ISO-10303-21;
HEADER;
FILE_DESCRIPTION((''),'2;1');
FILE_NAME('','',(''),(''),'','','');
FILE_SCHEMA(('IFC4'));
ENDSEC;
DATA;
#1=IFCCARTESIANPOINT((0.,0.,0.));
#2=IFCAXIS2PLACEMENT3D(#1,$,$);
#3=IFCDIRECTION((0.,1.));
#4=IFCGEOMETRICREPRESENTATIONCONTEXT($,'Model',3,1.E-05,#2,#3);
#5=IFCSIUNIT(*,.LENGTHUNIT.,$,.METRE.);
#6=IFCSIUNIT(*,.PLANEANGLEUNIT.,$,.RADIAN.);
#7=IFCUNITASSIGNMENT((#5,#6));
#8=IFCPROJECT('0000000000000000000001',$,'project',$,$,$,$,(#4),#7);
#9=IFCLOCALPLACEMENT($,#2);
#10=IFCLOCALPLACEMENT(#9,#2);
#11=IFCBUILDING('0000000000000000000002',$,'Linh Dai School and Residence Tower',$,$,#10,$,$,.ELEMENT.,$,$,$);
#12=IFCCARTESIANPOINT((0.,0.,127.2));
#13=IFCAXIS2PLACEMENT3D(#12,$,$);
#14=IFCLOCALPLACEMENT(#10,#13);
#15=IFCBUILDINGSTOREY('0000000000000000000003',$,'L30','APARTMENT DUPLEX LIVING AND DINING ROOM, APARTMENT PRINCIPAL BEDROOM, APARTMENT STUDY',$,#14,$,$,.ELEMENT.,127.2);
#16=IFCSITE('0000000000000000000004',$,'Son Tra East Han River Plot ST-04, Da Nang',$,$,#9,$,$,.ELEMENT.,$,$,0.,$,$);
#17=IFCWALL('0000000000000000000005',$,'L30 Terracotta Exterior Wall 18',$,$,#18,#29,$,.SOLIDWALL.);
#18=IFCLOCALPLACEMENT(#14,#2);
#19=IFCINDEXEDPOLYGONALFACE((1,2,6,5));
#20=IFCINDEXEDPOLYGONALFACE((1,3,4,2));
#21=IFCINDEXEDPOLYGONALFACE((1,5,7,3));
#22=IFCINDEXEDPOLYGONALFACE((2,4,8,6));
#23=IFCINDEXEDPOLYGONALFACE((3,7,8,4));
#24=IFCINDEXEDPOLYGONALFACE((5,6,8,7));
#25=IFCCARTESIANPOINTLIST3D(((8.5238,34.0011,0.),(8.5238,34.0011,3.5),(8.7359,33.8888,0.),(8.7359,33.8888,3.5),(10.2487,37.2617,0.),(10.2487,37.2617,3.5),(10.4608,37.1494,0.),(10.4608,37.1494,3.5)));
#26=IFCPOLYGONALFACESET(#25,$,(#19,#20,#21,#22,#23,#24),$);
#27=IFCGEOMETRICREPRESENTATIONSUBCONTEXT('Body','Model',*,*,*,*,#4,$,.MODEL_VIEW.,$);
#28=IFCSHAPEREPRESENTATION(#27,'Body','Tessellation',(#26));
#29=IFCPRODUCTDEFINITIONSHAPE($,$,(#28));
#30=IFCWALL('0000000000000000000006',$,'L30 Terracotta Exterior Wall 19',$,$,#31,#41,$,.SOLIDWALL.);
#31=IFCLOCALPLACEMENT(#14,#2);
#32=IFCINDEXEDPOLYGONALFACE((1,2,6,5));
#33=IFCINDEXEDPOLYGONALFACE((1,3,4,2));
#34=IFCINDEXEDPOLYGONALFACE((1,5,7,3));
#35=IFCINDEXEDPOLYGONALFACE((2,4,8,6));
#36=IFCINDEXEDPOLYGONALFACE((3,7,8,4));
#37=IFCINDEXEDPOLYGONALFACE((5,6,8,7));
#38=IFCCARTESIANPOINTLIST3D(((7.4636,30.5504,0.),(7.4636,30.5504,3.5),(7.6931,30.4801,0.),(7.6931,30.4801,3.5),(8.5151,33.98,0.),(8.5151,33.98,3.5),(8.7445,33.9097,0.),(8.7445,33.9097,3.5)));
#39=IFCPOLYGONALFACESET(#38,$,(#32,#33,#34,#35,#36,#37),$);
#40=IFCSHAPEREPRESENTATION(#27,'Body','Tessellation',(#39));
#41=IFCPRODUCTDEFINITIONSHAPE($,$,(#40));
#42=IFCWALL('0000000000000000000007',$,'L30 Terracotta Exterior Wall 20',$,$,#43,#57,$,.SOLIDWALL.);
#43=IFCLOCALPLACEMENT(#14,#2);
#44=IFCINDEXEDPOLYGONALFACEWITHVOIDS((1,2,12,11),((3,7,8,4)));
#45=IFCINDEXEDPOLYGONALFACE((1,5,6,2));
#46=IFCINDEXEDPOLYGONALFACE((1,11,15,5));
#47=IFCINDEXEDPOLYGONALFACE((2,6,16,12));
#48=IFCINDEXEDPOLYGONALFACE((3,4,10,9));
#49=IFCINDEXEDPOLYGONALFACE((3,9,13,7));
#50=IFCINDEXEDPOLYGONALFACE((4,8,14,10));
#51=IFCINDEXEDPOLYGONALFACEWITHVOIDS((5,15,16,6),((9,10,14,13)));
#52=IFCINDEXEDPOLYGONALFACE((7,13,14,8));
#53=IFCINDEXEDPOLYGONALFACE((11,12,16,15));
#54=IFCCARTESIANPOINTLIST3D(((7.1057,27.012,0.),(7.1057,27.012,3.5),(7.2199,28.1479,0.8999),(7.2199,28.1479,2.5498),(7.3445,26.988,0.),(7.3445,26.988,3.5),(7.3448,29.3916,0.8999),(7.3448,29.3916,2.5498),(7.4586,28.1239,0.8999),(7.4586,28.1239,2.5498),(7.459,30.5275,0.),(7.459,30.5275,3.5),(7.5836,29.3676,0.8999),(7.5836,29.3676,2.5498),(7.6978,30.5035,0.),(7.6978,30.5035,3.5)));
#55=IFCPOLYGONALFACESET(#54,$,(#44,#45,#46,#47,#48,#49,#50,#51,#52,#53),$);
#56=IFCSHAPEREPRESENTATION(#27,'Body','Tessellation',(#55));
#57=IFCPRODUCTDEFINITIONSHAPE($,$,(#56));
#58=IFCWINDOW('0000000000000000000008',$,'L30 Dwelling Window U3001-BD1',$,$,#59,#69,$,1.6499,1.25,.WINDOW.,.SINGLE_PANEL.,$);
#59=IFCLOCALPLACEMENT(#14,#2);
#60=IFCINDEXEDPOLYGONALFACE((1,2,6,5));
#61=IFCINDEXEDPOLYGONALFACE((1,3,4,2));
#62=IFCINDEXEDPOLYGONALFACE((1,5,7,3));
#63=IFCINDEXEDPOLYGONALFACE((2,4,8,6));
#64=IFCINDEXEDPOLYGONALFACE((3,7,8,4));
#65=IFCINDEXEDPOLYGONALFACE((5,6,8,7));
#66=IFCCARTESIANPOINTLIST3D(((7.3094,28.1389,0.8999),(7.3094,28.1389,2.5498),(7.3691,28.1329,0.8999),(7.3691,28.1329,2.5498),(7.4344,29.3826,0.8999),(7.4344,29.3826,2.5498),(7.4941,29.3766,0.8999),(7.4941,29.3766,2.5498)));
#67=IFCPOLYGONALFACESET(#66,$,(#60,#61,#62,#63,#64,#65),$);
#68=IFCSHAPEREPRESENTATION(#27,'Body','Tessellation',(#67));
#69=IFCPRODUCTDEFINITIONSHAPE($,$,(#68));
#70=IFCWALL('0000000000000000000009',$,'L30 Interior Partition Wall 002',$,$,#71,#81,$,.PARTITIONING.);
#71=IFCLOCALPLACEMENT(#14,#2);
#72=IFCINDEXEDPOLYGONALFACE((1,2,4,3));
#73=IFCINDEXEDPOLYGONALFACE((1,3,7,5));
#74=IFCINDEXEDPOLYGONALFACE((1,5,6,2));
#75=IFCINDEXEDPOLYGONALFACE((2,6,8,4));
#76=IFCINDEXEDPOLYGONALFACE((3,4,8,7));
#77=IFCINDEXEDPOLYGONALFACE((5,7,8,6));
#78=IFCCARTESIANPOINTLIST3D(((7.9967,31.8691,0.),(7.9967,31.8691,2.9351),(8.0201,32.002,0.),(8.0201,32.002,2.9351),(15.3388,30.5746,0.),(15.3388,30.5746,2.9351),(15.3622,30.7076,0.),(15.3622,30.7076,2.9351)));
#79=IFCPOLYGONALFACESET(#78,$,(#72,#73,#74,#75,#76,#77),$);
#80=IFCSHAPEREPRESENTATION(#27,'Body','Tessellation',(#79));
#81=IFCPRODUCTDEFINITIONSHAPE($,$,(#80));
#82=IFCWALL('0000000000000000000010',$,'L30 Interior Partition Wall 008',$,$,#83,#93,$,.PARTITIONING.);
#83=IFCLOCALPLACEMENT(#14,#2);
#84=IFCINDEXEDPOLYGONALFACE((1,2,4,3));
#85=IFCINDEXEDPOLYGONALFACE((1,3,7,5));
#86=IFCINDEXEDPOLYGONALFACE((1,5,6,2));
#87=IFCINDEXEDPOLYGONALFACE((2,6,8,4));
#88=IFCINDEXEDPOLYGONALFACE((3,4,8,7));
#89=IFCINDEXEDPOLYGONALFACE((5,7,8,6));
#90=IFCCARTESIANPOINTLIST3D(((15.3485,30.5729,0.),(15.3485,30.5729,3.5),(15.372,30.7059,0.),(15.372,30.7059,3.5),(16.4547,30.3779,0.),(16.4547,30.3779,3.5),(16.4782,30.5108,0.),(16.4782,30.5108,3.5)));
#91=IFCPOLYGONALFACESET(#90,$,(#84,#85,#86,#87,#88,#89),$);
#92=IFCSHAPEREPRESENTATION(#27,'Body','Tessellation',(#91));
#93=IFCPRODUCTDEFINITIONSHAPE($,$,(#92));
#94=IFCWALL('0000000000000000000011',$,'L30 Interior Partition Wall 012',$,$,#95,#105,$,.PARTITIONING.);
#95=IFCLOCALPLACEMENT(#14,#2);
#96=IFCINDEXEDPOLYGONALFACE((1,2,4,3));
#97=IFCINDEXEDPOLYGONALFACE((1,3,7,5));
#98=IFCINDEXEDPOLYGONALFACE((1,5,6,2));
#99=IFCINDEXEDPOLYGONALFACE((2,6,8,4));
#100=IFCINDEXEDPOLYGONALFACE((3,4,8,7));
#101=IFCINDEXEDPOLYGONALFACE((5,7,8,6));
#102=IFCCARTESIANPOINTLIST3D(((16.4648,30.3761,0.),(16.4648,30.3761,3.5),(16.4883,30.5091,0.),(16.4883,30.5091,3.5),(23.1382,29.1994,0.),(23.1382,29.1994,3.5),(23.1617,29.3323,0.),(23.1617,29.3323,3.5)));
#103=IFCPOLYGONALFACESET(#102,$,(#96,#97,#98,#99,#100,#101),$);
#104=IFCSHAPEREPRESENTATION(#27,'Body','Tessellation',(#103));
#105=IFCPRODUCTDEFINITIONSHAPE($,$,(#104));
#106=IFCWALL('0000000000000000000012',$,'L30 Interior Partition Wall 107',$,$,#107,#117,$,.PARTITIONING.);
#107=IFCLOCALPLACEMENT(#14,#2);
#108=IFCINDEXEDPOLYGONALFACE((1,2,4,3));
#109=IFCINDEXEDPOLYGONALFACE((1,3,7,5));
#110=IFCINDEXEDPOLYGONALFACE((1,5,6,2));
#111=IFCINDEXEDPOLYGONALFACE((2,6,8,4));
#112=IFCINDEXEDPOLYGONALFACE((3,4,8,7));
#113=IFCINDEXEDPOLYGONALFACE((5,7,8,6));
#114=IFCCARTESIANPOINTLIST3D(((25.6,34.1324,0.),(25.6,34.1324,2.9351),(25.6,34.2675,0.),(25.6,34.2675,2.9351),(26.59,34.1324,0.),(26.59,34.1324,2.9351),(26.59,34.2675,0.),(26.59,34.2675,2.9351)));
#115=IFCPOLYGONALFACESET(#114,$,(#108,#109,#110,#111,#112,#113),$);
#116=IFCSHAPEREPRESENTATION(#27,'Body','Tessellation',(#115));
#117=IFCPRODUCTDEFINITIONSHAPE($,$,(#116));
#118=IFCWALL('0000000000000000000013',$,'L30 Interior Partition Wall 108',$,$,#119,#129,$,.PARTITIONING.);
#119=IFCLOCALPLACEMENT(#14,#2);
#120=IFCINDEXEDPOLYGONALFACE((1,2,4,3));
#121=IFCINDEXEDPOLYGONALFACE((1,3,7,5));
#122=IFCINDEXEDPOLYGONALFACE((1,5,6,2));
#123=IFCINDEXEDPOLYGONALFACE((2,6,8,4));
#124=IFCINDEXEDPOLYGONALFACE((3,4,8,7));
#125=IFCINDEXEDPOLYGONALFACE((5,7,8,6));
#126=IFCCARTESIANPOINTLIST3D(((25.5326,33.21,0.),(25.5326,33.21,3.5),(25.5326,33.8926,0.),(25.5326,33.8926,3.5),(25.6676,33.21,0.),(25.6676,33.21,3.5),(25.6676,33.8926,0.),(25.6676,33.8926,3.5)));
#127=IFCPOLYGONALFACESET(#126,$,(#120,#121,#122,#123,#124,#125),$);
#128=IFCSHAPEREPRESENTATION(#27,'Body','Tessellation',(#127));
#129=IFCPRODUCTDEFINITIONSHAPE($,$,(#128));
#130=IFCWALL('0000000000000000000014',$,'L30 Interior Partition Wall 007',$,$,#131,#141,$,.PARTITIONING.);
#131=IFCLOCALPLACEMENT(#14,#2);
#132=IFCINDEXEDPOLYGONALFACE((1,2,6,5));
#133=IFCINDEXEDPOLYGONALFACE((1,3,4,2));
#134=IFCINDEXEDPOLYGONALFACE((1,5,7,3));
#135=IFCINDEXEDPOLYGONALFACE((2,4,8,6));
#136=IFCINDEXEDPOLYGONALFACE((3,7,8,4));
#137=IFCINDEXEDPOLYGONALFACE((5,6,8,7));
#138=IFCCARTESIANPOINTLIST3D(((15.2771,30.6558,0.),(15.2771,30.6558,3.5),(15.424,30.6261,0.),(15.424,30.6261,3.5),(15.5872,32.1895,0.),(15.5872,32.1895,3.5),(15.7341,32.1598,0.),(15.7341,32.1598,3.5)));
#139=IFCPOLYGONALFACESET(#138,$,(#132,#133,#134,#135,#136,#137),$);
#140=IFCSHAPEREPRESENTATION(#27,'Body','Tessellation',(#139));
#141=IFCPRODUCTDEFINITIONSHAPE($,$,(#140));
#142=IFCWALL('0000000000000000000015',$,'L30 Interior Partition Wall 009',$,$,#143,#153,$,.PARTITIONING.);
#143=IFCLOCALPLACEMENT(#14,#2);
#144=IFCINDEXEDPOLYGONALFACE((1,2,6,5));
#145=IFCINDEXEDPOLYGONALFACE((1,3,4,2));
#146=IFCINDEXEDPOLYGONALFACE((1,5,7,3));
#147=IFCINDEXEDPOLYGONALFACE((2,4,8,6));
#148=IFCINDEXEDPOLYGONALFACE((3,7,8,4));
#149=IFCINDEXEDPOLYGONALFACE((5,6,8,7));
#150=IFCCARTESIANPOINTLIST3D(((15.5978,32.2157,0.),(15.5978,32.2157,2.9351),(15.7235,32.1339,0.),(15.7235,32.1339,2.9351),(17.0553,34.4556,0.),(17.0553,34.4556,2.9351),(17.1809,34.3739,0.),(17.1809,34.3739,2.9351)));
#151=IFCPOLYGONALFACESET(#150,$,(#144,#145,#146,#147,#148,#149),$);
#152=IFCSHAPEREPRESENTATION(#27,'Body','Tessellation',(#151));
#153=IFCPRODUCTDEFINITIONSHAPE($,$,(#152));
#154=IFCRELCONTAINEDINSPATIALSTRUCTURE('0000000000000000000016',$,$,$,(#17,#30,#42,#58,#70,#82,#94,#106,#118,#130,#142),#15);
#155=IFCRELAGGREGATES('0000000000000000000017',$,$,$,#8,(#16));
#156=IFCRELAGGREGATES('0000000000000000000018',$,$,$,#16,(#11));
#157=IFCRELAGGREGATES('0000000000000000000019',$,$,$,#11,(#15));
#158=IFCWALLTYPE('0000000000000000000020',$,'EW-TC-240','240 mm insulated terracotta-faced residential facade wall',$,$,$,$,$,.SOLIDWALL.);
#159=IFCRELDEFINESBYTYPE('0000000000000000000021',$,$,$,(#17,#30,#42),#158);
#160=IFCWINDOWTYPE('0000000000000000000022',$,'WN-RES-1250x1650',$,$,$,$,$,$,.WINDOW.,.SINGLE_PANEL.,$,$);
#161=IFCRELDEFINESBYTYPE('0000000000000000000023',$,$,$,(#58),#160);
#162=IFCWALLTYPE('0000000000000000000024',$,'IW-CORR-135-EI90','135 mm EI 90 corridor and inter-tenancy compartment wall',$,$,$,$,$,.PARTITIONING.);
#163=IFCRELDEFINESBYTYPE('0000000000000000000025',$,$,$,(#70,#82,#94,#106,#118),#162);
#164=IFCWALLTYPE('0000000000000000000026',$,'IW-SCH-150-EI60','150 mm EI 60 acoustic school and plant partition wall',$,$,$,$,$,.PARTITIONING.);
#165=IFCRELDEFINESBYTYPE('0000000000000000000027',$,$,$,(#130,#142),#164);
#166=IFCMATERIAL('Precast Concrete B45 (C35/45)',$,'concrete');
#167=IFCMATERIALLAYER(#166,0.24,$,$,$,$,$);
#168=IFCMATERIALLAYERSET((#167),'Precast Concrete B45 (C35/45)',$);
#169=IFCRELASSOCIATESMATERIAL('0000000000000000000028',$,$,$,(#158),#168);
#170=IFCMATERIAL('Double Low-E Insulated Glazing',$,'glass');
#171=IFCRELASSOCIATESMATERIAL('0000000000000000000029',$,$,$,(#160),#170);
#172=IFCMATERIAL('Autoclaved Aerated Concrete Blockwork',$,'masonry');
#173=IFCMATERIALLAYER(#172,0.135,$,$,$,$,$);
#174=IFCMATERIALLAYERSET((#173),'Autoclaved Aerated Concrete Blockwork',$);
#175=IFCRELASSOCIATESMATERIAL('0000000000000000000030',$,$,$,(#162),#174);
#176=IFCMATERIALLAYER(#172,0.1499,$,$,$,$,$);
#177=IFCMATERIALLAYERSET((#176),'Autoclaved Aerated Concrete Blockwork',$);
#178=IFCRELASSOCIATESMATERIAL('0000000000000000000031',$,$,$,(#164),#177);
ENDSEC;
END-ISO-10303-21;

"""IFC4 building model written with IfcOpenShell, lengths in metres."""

from ifc_helpers import new_model, si_unit, direction, frame, frame_2d, origin, origin_2d, place, context, subcontext, project, spatial, rectangle, extrude, source, transform, mapped, material, layer, layer_set, type_object, element, fill, save


model = new_model("IFC4")

# Units and contexts
model_context = context("Model", 3, precision=1e-05, world=origin(), true_north=direction((0.0, 1.0)))
body_context = subcontext(model_context, "Body", "Model", "MODEL_VIEW")
ifc_project = project(units=[si_unit("LENGTHUNIT", "METRE"), si_unit("PLANEANGLEUNIT", "RADIAN")], contexts=[model_context])

# Site, building, storey
site_placement = place(None, origin())
site = spatial("IfcSite", under=ifc_project, at=site_placement, Name="Son Tra East Han River Plot ST-04, Da Nang", CompositionType="ELEMENT", RefElevation=0.0)
building_placement = place(site_placement, origin())
building = spatial("IfcBuilding", under=site, at=building_placement, Name="Linh Dai School and Residence Tower", CompositionType="ELEMENT")
storey_placement = place(building_placement, frame((0.0, 0.0, 127.2)))
storey = spatial("IfcBuildingStorey", under=building, at=storey_placement, Name="L30", Description="APARTMENT DUPLEX LIVING AND DINING ROOM, APARTMENT PRINCIPAL BEDROOM, APARTMENT STUDY", CompositionType="ELEMENT", Elevation=127.2)

# Walls
ifc_material_1 = material(Name="Precast Concrete B45 (C35/45)", Category="concrete")
ifc_layer_1 = layer(ifc_material_1, 0.24)
ifc_layer_set_1 = layer_set([ifc_layer_1], Name="Precast Concrete B45 (C35/45)")
wall_type_1 = type_object("IfcWallType", Name="EW-TC-240", Description="240 mm insulated terracotta-faced residential facade wall", PredefinedType="SOLIDWALL", material=ifc_layer_set_1)
wall_1_placement = place(storey_placement, frame((8.6299, 33.9451, 0.0), z_axis=(0.0, 0.0, 1.0), x_axis=(0.467614, 0.883933, 0.0)))
element("IfcWall", 1, at=wall_1_placement, inside=storey, type_object=wall_type_1, Name="L30 Terracotta Exterior Wall 18", PredefinedType="SOLIDWALL", context=body_context, shape_type="SweptSolid", body=[
    extrude(rectangle(XDim=3.6887, YDim=0.24, at=frame_2d((1.8442, 0.0))), origin(), (0.0, 0.0, 1.0), 3.5),
])
wall_2_placement = place(storey_placement, frame((7.5784, 30.5154, 0.0), z_axis=(0.0, 0.0, 1.0), x_axis=(0.293124, 0.956074, 0.0)))
element("IfcWall", 2, at=wall_2_placement, inside=storey, type_object=wall_type_1, Name="L30 Terracotta Exterior Wall 19", PredefinedType="SOLIDWALL", context=body_context, shape_type="SweptSolid", body=[
    extrude(rectangle(XDim=3.5872, YDim=0.24, at=frame_2d((1.7935, 0.0))), origin(), (0.0, 0.0, 1.0), 3.5),
])

# Wall, opening, window
wall_3_placement = place(storey_placement, frame((7.2251, 27.0, 0.0), z_axis=(0.0, 0.0, 1.0), x_axis=(0.099989, 0.994988, 0.0)))
wall_3 = element("IfcWall", 3, at=wall_3_placement, inside=storey, type_object=wall_type_1, Name="L30 Terracotta Exterior Wall 20", PredefinedType="SOLIDWALL", context=body_context, shape_type="SweptSolid", body=[
    extrude(rectangle(XDim=3.5332, YDim=0.24, at=frame_2d((1.7666, 0.0))), origin(), (0.0, 0.0, 1.0), 3.5),
])
opening_1_placement = place(wall_3_placement, frame((1.1416, 0.0, 0.8999)))
opening_1 = element("IfcOpeningElement", 4, at=opening_1_placement, cuts=wall_3, PredefinedType="OPENING", context=body_context, shape_type="SweptSolid", body=[
    extrude(rectangle(XDim=1.25, YDim=1.6499, at=origin_2d()), frame((0.625, 0.1299, 0.825), z_axis=(0.0, -1.0, 0.0), x_axis=(1.0, 0.0, 0.0)), (0.0, 0.0, 1.0), 0.26),
])
ifc_material_2 = material(Name="Double Low-E Insulated Glazing", Category="glass")
window_type = type_object("IfcWindowType", Name="WN-RES-1250x1650", PartitioningType="SINGLE_PANEL", PredefinedType="WINDOW", material=ifc_material_2)
shared_shape_1 = source(origin(), body_context, "Body", "SweptSolid", [
    extrude(rectangle(XDim=1.25, YDim=1.6499, at=origin_2d()), frame((0.625, 0.03, 0.825), z_axis=(0.0, -1.0, 0.0), x_axis=(1.0, 0.0, 0.0)), (0.0, 0.0, 1.0), 0.0601),
])
window_placement = place(opening_1_placement, origin())
window = element("IfcWindow", 5, at=window_placement, inside=storey, type_object=window_type, Name="L30 Dwelling Window U3001-BD1", OverallHeight=1.6499, OverallWidth=1.25, PartitioningType="SINGLE_PANEL", PredefinedType="WINDOW", context=body_context, shape_type="MappedRepresentation", body=[
    mapped(shared_shape_1, transform((0.0, 0.0, 0.0), x_axis=(1.0, 0.0, 0.0), y_axis=(0.0, 1.0, 0.0), z_axis=(0.0, 0.0, 1.0), scale=1.0)),
])
fill(opening_1, window)

# Walls
ifc_material_3 = material(Name="Autoclaved Aerated Concrete Blockwork", Category="masonry")
ifc_layer_2 = layer(ifc_material_3, 0.135)
ifc_layer_set_2 = layer_set([ifc_layer_2], Name="Autoclaved Aerated Concrete Blockwork")
wall_type_2 = type_object("IfcWallType", Name="IW-CORR-135-EI90", Description="135 mm EI 90 corridor and inter-tenancy compartment wall", PredefinedType="PARTITIONING", material=ifc_layer_set_2)
wall_4_placement = place(storey_placement, frame((8.0085, 31.9355, 0.0), z_axis=(0.0, 0.0, 1.0), x_axis=(0.984812, -0.173627, 0.0)))
element("IfcWall", 6, at=wall_4_placement, inside=storey, type_object=wall_type_2, Name="L30 Interior Partition Wall 002", PredefinedType="PARTITIONING", context=body_context, shape_type="SweptSolid", body=[
    extrude(rectangle(XDim=7.4553, YDim=0.135, at=frame_2d((3.7275, 0.0))), origin(), (0.0, 0.0, 1.0), 2.9351),
])
wall_5_placement = place(storey_placement, frame((15.3604, 30.6394, 0.0), z_axis=(0.0, 0.0, 1.0), x_axis=(0.984805, -0.173661, 0.0)))
element("IfcWall", 7, at=wall_5_placement, inside=storey, type_object=wall_type_2, Name="L30 Interior Partition Wall 008", PredefinedType="PARTITIONING", context=body_context, shape_type="SweptSolid", body=[
    extrude(rectangle(XDim=1.1233, YDim=0.135, at=frame_2d((0.5615, 0.0))), origin(), (0.0, 0.0, 1.0), 3.5),
])
wall_6_placement = place(storey_placement, frame((16.4766, 30.4426, 0.0), z_axis=(0.0, 0.0, 1.0), x_axis=(0.984806, -0.173658, 0.0)))
element("IfcWall", 8, at=wall_6_placement, inside=storey, type_object=wall_type_2, Name="L30 Interior Partition Wall 012", PredefinedType="PARTITIONING", context=body_context, shape_type="SweptSolid", body=[
    extrude(rectangle(XDim=6.7764, YDim=0.135, at=frame_2d((3.3882, 0.0))), origin(), (0.0, 0.0, 1.0), 3.5),
])
wall_7_placement = place(storey_placement, frame((26.5901, 34.2, 0.0), z_axis=(0.0, 0.0, 1.0), x_axis=(-1.0, 0.0, 0.0)))
element("IfcWall", 9, at=wall_7_placement, inside=storey, type_object=wall_type_2, Name="L30 Interior Partition Wall 107", PredefinedType="PARTITIONING", context=body_context, shape_type="SweptSolid", body=[
    extrude(rectangle(XDim=0.99, YDim=0.135, at=frame_2d((0.4951, 0.0))), origin(), (0.0, 0.0, 1.0), 2.9351),
])
wall_8_placement = place(storey_placement, frame((25.6001, 33.8926, 0.0), z_axis=(0.0, 0.0, 1.0), x_axis=(0.0, -1.0, 0.0)))
element("IfcWall", 10, at=wall_8_placement, inside=storey, type_object=wall_type_2, Name="L30 Interior Partition Wall 108", PredefinedType="PARTITIONING", context=body_context, shape_type="SweptSolid", body=[
    extrude(rectangle(XDim=0.6826, YDim=0.135, at=frame_2d((0.3413, 0.0))), origin(), (0.0, 0.0, 1.0), 3.5),
])
ifc_layer_3 = layer(ifc_material_3, 0.1499)
ifc_layer_set_3 = layer_set([ifc_layer_3], Name="Autoclaved Aerated Concrete Blockwork")
wall_type_3 = type_object("IfcWallType", Name="IW-SCH-150-EI60", Description="150 mm EI 60 acoustic school and plant partition wall", PredefinedType="PARTITIONING", material=ifc_layer_set_3)
wall_9_placement = place(storey_placement, frame((15.3506, 30.6411, 0.0), z_axis=(0.0, 0.0, 1.0), x_axis=(0.198156, 0.98017, 0.0)))
element("IfcWall", 11, at=wall_9_placement, inside=storey, type_object=wall_type_3, Name="L30 Interior Partition Wall 007", PredefinedType="PARTITIONING", context=body_context, shape_type="SweptSolid", body=[
    extrude(rectangle(XDim=1.5647, YDim=0.1499, at=frame_2d((0.7822, 0.0))), origin(), (0.0, 0.0, 1.0), 3.5),
])
wall_10_placement = place(storey_placement, frame((15.6606, 32.1748, 0.0), z_axis=(0.0, 0.0, 1.0), x_axis=(0.54539, 0.838183, 0.0)))
element("IfcWall", 12, at=wall_10_placement, inside=storey, type_object=wall_type_3, Name="L30 Interior Partition Wall 009", PredefinedType="PARTITIONING", context=body_context, shape_type="SweptSolid", body=[
    extrude(rectangle(XDim=2.6724, YDim=0.1499, at=frame_2d((1.3362, 0.0))), origin(), (0.0, 0.0, 1.0), 2.9351),
])

save(model, "model.ifc")
